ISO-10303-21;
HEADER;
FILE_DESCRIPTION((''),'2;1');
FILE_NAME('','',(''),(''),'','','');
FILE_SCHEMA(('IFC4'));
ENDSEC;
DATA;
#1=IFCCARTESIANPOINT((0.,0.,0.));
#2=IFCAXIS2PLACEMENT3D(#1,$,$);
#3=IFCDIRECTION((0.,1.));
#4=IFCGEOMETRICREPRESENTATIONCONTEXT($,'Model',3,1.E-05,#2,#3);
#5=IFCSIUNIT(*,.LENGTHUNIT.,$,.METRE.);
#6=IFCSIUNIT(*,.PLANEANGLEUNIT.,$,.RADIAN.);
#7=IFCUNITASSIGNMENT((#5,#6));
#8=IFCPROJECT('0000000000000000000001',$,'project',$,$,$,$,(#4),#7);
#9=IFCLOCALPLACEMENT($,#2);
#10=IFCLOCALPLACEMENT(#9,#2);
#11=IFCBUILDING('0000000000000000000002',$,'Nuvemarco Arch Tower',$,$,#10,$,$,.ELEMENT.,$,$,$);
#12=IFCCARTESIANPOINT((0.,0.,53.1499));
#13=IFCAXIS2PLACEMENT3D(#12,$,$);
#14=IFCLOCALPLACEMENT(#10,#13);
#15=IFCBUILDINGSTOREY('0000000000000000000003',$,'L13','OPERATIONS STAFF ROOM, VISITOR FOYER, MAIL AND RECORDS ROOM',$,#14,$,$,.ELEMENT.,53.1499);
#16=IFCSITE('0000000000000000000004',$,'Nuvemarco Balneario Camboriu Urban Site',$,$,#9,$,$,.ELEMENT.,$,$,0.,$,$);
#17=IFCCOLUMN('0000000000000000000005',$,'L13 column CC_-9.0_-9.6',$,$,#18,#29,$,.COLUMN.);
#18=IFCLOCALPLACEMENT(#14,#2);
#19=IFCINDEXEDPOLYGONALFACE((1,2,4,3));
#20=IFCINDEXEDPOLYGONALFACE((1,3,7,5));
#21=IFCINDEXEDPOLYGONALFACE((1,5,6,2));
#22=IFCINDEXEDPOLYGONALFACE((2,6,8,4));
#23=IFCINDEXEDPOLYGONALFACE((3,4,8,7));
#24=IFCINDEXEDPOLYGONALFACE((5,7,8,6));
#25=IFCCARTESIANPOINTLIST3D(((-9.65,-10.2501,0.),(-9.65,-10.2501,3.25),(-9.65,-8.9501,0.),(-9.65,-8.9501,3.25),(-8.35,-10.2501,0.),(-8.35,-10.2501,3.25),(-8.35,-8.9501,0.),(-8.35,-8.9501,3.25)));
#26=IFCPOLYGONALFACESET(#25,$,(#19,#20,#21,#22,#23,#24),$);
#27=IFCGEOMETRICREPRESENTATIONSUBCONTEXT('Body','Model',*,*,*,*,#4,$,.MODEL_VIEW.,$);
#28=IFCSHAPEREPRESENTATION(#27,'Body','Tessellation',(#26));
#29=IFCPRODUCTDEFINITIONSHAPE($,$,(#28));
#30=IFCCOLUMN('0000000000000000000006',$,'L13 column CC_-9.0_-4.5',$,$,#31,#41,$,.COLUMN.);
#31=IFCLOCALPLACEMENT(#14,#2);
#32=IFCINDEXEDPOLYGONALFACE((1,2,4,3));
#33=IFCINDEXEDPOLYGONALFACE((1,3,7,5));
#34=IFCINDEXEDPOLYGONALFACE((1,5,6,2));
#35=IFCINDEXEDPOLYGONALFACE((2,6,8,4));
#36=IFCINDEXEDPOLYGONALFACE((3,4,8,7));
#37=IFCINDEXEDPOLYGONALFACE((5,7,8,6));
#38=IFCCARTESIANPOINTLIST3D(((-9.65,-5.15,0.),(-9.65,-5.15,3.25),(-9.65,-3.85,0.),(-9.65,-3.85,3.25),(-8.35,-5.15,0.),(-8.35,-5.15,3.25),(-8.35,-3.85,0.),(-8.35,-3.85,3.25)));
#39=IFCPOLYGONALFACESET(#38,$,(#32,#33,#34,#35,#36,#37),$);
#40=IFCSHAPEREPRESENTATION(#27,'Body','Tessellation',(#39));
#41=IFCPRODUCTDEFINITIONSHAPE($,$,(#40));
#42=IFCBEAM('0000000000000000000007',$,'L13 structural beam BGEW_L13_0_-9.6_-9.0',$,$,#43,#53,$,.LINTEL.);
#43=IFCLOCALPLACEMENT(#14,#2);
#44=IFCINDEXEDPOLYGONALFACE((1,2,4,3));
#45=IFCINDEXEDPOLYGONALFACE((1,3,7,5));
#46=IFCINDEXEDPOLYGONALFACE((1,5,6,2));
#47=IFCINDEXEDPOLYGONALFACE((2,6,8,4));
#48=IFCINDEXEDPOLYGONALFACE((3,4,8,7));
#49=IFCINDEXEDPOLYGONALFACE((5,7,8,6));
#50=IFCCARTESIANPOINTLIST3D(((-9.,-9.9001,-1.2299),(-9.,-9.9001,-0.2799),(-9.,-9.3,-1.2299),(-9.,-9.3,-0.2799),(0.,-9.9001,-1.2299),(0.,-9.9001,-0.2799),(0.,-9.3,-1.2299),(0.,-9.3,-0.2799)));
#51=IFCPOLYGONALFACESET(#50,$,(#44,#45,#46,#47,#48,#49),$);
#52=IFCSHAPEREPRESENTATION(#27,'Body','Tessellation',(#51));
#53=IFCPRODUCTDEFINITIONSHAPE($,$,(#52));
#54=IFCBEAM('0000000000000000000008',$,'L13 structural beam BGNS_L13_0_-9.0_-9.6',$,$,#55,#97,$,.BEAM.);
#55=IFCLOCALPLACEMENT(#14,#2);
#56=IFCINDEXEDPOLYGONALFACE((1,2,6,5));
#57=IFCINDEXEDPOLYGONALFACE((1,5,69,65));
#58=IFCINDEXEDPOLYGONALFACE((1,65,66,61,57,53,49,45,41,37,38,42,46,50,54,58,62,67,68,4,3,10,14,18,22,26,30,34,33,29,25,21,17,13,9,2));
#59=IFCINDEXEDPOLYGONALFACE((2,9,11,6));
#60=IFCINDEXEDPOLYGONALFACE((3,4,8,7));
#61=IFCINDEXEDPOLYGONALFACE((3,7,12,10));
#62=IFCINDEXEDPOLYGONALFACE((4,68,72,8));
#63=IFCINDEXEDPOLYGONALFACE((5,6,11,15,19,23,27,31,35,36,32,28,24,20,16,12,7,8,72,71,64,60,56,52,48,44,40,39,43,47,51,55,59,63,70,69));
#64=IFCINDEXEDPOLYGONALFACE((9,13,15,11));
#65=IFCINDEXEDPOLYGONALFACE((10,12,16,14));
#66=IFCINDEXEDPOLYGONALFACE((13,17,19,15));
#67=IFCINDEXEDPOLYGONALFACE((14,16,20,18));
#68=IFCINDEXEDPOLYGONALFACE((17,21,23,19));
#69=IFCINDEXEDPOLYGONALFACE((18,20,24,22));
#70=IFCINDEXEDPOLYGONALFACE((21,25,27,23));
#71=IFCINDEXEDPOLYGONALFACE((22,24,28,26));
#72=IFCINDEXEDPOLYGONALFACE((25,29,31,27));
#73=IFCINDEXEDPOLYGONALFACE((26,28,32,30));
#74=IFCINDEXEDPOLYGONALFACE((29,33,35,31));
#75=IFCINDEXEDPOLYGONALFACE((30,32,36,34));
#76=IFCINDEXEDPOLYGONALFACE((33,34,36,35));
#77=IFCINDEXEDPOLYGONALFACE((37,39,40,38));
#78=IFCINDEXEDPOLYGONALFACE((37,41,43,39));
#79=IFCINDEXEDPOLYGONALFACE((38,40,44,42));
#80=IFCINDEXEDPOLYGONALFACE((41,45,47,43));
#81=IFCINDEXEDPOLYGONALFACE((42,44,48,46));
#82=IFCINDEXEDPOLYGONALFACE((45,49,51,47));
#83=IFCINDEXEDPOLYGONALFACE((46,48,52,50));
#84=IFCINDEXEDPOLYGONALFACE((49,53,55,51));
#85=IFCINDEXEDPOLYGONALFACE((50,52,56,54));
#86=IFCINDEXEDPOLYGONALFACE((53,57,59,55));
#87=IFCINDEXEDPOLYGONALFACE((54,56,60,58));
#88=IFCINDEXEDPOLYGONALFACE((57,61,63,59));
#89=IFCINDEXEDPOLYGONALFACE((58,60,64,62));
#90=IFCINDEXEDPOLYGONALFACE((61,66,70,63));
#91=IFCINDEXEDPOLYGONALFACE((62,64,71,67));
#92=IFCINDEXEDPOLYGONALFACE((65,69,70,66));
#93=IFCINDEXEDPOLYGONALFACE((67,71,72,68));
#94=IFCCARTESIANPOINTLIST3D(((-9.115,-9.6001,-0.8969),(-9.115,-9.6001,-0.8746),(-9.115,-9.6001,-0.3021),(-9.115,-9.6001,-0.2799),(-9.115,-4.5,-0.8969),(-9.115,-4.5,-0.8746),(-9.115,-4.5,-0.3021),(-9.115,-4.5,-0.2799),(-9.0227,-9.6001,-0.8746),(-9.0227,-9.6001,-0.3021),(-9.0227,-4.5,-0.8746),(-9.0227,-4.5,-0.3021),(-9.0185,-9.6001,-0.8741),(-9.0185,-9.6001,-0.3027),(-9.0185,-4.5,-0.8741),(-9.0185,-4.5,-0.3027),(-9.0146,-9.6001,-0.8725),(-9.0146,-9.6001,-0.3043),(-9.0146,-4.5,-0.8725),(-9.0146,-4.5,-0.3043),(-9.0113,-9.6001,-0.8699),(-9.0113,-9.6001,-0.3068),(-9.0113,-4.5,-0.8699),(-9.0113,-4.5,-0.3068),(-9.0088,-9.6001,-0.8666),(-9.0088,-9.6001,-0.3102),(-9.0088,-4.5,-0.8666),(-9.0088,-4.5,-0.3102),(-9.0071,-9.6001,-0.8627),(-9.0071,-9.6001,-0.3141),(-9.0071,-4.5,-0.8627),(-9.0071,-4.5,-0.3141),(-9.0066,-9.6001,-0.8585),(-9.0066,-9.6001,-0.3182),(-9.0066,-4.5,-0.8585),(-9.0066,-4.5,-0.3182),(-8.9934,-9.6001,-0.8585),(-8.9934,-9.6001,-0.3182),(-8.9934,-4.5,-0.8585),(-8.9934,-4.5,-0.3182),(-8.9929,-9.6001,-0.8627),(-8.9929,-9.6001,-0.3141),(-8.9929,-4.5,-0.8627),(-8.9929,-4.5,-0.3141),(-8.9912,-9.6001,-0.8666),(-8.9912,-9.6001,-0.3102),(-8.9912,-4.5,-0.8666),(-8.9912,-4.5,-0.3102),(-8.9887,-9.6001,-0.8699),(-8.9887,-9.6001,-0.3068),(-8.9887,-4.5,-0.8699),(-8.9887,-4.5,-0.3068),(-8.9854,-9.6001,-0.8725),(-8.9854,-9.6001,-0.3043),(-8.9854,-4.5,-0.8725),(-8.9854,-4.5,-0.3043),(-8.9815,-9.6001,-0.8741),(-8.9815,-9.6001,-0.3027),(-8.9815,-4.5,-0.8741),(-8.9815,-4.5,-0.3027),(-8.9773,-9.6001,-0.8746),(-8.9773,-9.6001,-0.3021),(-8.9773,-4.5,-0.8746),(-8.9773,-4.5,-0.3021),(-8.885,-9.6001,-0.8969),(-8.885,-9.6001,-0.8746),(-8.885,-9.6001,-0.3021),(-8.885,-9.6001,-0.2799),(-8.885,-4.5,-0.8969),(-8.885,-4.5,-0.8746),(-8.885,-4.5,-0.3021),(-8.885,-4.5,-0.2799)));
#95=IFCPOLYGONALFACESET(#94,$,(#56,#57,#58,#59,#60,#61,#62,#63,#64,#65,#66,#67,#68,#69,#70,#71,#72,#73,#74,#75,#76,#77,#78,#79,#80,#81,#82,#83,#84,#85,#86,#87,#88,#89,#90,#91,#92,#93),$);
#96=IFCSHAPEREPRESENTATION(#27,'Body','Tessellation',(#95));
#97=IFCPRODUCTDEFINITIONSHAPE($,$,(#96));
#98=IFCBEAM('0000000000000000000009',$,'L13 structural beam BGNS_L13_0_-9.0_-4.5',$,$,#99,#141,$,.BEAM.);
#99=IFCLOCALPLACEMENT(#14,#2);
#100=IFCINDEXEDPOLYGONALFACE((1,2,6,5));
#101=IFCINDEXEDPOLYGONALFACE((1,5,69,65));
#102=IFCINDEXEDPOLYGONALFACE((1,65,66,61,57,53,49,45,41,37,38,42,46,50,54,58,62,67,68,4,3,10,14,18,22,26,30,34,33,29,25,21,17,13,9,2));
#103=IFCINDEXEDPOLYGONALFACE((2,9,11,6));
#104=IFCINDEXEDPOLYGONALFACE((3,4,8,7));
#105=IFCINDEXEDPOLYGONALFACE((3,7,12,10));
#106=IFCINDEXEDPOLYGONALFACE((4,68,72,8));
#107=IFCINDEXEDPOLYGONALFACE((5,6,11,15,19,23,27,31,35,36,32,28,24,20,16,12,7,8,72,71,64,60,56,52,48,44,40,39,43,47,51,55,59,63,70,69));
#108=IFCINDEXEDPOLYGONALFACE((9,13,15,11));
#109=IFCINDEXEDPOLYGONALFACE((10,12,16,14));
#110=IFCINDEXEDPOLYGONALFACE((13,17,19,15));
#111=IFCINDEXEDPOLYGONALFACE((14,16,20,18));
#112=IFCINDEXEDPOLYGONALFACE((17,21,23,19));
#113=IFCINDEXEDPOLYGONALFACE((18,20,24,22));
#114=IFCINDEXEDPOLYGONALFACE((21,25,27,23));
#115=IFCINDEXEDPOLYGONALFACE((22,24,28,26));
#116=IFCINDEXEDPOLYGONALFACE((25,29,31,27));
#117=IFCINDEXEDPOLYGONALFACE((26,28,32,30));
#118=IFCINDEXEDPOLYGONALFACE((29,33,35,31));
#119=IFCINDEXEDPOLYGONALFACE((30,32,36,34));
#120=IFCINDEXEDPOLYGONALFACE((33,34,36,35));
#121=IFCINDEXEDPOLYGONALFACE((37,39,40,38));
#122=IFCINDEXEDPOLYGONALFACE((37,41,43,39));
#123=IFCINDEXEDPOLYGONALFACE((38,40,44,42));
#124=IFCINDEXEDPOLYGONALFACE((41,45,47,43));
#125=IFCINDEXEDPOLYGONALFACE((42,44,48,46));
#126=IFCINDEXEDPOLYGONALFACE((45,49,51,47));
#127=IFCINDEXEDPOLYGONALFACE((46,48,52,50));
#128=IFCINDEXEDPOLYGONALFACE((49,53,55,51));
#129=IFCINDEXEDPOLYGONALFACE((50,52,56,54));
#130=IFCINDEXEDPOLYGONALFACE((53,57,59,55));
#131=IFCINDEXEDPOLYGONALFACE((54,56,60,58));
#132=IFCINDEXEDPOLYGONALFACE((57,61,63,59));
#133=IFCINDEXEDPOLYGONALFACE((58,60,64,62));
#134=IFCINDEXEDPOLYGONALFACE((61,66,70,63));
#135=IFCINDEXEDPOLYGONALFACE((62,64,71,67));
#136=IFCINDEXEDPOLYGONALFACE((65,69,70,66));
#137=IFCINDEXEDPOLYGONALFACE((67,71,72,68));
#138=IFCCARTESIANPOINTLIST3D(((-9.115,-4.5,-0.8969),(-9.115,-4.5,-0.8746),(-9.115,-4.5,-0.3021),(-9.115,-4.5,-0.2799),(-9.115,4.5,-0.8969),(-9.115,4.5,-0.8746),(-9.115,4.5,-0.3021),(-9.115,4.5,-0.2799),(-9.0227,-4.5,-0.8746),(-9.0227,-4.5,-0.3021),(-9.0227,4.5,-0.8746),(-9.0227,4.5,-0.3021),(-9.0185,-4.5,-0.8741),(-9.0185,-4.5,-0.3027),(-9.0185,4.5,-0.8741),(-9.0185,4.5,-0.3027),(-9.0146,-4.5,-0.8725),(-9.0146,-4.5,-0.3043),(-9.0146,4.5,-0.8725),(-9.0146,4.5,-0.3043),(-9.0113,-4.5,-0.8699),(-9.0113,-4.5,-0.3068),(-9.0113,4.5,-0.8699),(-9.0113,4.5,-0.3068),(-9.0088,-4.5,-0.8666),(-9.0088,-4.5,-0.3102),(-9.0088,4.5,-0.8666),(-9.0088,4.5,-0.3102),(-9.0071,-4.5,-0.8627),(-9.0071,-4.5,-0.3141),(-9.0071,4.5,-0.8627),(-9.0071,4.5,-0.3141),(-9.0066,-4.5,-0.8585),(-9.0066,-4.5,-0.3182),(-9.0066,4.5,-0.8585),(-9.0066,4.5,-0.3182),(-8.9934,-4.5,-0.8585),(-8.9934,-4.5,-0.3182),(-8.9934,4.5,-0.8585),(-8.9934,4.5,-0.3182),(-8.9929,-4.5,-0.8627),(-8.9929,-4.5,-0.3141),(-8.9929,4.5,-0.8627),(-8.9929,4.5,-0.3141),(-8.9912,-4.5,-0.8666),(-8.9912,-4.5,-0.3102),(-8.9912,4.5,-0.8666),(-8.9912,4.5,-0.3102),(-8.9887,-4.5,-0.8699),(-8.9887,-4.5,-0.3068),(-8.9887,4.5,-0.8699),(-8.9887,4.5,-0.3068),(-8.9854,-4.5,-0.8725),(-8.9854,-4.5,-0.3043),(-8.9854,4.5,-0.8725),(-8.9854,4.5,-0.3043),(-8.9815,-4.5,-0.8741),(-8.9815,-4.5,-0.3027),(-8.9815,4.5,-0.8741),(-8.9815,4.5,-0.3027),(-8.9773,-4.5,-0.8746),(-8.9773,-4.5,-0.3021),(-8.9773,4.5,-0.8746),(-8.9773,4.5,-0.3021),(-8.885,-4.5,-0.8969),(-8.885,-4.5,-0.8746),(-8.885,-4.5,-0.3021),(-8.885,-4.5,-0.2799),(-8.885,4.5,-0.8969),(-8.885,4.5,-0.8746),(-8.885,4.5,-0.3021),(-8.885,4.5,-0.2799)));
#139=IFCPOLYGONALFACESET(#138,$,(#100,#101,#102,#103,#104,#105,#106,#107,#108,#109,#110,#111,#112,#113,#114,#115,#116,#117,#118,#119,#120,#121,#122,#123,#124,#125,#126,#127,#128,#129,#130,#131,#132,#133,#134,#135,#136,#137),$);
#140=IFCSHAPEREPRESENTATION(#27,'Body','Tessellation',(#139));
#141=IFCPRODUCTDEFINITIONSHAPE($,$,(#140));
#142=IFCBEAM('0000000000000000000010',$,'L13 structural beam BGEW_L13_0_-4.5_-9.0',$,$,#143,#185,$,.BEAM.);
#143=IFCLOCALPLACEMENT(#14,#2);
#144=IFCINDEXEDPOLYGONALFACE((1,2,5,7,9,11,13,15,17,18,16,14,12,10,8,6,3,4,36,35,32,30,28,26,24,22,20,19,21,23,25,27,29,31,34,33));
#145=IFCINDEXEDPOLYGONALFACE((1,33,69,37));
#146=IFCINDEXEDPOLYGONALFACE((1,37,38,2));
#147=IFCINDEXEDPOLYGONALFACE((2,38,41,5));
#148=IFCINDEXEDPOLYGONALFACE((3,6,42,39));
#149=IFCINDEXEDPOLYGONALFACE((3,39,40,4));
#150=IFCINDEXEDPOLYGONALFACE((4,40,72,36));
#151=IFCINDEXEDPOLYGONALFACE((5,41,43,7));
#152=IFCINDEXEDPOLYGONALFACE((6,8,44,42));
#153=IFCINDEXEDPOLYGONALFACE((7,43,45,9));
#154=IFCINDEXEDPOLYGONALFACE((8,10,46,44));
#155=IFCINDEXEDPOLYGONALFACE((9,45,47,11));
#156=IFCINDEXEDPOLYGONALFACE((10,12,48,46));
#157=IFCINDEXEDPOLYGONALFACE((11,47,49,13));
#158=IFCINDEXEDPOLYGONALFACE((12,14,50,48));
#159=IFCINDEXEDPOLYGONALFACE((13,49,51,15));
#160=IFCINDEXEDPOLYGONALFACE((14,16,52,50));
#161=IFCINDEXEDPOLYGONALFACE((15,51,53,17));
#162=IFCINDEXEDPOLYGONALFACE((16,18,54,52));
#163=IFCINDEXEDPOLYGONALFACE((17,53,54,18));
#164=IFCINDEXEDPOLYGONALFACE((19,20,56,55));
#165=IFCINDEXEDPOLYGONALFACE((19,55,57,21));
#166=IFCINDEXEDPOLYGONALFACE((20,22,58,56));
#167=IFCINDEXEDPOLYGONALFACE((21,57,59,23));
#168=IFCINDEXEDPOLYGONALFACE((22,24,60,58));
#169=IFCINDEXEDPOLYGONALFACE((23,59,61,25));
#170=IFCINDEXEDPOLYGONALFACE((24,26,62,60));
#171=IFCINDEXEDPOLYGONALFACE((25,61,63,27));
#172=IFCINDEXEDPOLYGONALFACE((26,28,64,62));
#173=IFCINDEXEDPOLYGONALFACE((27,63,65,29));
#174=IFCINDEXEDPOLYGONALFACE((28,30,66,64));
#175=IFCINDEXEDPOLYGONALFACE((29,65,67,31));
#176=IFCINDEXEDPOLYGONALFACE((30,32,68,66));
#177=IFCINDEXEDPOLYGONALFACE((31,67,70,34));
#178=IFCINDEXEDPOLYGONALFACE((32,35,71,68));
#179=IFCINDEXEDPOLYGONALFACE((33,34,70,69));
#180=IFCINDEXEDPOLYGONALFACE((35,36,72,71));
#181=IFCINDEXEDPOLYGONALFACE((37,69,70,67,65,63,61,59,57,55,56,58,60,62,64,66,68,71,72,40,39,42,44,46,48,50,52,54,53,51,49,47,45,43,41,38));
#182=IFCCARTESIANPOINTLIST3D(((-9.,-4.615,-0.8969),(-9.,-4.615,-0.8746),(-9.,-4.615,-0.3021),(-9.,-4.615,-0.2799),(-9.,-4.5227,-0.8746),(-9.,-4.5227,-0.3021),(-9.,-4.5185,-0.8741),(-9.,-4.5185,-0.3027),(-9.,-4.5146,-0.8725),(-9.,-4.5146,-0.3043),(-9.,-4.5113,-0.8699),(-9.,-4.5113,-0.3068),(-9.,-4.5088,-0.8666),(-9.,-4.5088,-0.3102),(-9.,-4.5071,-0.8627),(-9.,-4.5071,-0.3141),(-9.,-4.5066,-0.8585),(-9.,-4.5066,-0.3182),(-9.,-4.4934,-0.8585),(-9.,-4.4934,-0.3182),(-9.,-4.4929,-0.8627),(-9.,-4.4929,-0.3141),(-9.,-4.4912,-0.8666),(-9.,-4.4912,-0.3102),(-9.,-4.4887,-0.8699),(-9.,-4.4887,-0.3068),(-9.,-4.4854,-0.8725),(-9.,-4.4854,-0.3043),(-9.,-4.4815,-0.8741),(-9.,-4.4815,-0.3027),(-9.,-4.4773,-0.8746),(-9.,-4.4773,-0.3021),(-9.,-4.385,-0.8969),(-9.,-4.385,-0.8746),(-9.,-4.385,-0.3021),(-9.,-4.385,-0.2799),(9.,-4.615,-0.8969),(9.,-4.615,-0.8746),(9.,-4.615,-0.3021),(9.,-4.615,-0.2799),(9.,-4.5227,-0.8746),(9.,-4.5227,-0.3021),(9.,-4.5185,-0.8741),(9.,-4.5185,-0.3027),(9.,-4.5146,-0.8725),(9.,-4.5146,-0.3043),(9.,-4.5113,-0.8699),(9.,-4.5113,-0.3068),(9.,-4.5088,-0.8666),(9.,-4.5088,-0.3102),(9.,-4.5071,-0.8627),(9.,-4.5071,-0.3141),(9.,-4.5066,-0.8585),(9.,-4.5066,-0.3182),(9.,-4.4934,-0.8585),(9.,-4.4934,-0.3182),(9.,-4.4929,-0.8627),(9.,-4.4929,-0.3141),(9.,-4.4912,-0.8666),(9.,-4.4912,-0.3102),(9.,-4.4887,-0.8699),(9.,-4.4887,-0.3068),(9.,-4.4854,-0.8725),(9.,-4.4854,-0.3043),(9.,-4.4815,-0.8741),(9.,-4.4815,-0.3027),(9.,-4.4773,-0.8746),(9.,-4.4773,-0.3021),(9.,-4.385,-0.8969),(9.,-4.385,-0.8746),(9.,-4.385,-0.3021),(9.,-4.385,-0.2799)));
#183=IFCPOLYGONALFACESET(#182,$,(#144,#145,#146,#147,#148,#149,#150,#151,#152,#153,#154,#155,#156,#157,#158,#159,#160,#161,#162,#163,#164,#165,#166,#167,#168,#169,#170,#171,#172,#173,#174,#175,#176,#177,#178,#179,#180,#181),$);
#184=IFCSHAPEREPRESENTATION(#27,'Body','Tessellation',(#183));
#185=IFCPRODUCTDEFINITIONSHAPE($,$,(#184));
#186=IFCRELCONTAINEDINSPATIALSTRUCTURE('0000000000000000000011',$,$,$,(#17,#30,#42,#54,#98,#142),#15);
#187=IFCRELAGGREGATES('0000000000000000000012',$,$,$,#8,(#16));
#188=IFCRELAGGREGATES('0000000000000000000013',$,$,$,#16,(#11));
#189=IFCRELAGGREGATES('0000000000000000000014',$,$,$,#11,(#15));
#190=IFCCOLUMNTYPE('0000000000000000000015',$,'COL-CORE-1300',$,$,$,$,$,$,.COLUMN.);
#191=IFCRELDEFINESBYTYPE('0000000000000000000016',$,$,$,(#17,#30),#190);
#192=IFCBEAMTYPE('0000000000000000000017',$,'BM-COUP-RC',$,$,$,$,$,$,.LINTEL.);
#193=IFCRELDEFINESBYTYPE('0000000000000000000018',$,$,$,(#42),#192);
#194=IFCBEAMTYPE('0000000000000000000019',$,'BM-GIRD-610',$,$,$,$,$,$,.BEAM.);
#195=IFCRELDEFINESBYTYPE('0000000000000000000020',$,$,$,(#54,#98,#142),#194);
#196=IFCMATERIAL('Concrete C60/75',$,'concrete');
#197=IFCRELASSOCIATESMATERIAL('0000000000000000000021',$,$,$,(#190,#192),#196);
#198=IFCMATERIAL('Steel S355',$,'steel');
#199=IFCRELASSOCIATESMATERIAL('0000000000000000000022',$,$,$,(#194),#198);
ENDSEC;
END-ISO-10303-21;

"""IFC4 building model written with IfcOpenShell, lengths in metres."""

from ifc_helpers import new_model, si_unit, direction, frame, origin, origin_2d, place, context, subcontext, project, spatial, rectangle, i_section, extrude, material, material_profile, profile_set, type_object, element, save


model = new_model("IFC4")

# Units and contexts
model_context = context("Model", 3, precision=1e-05, world=origin(), true_north=direction((0.0, 1.0)))
body_context = subcontext(model_context, "Body", "Model", "MODEL_VIEW")
ifc_project = project(units=[si_unit("LENGTHUNIT", "METRE"), si_unit("PLANEANGLEUNIT", "RADIAN")], contexts=[model_context])

# Site, building, storey
site_placement = place(None, origin())
site = spatial("IfcSite", under=ifc_project, at=site_placement, Name="Nuvemarco Balneario Camboriu Urban Site", CompositionType="ELEMENT", RefElevation=0.0)
building_placement = place(site_placement, origin())
building = spatial("IfcBuilding", under=site, at=building_placement, Name="Nuvemarco Arch Tower", CompositionType="ELEMENT")
storey_placement = place(building_placement, frame((0.0, 0.0, 53.1499)))
storey = spatial("IfcBuildingStorey", under=building, at=storey_placement, Name="L13", Description="OPERATIONS STAFF ROOM, VISITOR FOYER, MAIL AND RECORDS ROOM", CompositionType="ELEMENT", Elevation=53.1499)

# Columns
ifc_material_1 = material(Name="Concrete C60/75", Category="concrete")
ifc_material_profile_1 = material_profile(ifc_material_1, rectangle(XDim=1.3, YDim=1.3, at=origin_2d()), Name="RC-COL-1300x1300")
ifc_profile_set_1 = profile_set([ifc_material_profile_1], Name="Concrete C60/75")
column_type = type_object("IfcColumnType", Name="COL-CORE-1300", PredefinedType="COLUMN", material=ifc_profile_set_1)
for number, where, z_axis, x_axis, name in (
    (1, (-9.0, -9.6001, 0.0), (0.0, 0.0, 1.0), (1.0, 0.0, 0.0), "L13 column CC_-9.0_-9.6"),
    (2, (-9.0, -4.5, 0.0), (0.0, 0.0, 1.0), (1.0, 0.0, 0.0), "L13 column CC_-9.0_-4.5"),
):
    element("IfcColumn", number, at=place(storey_placement, frame(where, z_axis=z_axis, x_axis=x_axis)), inside=storey, type_object=column_type, Name=name, PredefinedType="COLUMN", context=body_context, shape_type="SweptSolid", body=[
        extrude(rectangle(XDim=1.3, YDim=1.3, at=origin_2d()), origin(), (0.0, 0.0, 1.0), 3.25),
    ])

# Beams
ifc_material_profile_2 = material_profile(ifc_material_1, rectangle(XDim=0.6001, YDim=0.95, at=origin_2d()), Name="RC-BM-600x950")
ifc_profile_set_2 = profile_set([ifc_material_profile_2], Name="Concrete C60/75")
beam_type_1 = type_object("IfcBeamType", Name="BM-COUP-RC", PredefinedType="LINTEL", material=ifc_profile_set_2)
beam_1_placement = place(storey_placement, frame((-9.0, -9.6001, -0.7549), z_axis=(1.0, 0.0, 0.0), x_axis=(0.0, 1.0, 0.0)))
element("IfcBeam", 3, at=beam_1_placement, inside=storey, type_object=beam_type_1, Name="L13 structural beam BGEW_L13_0_-9.6_-9.0", PredefinedType="LINTEL", context=body_context, shape_type="SweptSolid", body=[
    extrude(rectangle(XDim=0.6001, YDim=0.95, at=origin_2d()), origin(), (0.0, 0.0, 1.0), 9.0),
])
ifc_material_2 = material(Name="Steel S355", Category="steel")
ifc_material_profile_3 = material_profile(ifc_material_2, i_section(OverallWidth=0.23, OverallDepth=0.6169, WebThickness=0.0132, FlangeThickness=0.0222, FilletRadius=0.0161, at=origin_2d()), Name="W610x140")
ifc_profile_set_3 = profile_set([ifc_material_profile_3], Name="Steel S355")
beam_type_2 = type_object("IfcBeamType", Name="BM-GIRD-610", PredefinedType="BEAM", material=ifc_profile_set_3)
beam_2_placement = place(storey_placement, frame((-9.0, -9.6001, -0.5884), z_axis=(0.0, 1.0, 0.0), x_axis=(-1.0, 0.0, 0.0)))
element("IfcBeam", 4, at=beam_2_placement, inside=storey, type_object=beam_type_2, Name="L13 structural beam BGNS_L13_0_-9.0_-9.6", PredefinedType="BEAM", context=body_context, shape_type="SweptSolid", body=[
    extrude(i_section(OverallWidth=0.23, OverallDepth=0.6169, WebThickness=0.0132, FlangeThickness=0.0222, FilletRadius=0.0161, at=origin_2d()), origin(), (0.0, 0.0, 1.0), 5.1001),
])
beam_3_placement = place(storey_placement, frame((-9.0, -4.5, -0.5884), z_axis=(0.0, 1.0, 0.0), x_axis=(-1.0, 0.0, 0.0)))
element("IfcBeam", 5, at=beam_3_placement, inside=storey, type_object=beam_type_2, Name="L13 structural beam BGNS_L13_0_-9.0_-4.5", PredefinedType="BEAM", context=body_context, shape_type="SweptSolid", body=[
    extrude(i_section(OverallWidth=0.23, OverallDepth=0.6169, WebThickness=0.0132, FlangeThickness=0.0222, FilletRadius=0.0161, at=origin_2d()), origin(), (0.0, 0.0, 1.0), 9.0),
])
beam_4_placement = place(storey_placement, frame((-9.0, -4.5, -0.5884), z_axis=(1.0, 0.0, 0.0), x_axis=(0.0, 1.0, 0.0)))
element("IfcBeam", 6, at=beam_4_placement, inside=storey, type_object=beam_type_2, Name="L13 structural beam BGEW_L13_0_-4.5_-9.0", PredefinedType="BEAM", context=body_context, shape_type="SweptSolid", body=[
    extrude(i_section(OverallWidth=0.23, OverallDepth=0.6169, WebThickness=0.0132, FlangeThickness=0.0222, FilletRadius=0.0161, at=origin_2d()), origin(), (0.0, 0.0, 1.0), 18.0),
])

save(model, "model.ifc")
